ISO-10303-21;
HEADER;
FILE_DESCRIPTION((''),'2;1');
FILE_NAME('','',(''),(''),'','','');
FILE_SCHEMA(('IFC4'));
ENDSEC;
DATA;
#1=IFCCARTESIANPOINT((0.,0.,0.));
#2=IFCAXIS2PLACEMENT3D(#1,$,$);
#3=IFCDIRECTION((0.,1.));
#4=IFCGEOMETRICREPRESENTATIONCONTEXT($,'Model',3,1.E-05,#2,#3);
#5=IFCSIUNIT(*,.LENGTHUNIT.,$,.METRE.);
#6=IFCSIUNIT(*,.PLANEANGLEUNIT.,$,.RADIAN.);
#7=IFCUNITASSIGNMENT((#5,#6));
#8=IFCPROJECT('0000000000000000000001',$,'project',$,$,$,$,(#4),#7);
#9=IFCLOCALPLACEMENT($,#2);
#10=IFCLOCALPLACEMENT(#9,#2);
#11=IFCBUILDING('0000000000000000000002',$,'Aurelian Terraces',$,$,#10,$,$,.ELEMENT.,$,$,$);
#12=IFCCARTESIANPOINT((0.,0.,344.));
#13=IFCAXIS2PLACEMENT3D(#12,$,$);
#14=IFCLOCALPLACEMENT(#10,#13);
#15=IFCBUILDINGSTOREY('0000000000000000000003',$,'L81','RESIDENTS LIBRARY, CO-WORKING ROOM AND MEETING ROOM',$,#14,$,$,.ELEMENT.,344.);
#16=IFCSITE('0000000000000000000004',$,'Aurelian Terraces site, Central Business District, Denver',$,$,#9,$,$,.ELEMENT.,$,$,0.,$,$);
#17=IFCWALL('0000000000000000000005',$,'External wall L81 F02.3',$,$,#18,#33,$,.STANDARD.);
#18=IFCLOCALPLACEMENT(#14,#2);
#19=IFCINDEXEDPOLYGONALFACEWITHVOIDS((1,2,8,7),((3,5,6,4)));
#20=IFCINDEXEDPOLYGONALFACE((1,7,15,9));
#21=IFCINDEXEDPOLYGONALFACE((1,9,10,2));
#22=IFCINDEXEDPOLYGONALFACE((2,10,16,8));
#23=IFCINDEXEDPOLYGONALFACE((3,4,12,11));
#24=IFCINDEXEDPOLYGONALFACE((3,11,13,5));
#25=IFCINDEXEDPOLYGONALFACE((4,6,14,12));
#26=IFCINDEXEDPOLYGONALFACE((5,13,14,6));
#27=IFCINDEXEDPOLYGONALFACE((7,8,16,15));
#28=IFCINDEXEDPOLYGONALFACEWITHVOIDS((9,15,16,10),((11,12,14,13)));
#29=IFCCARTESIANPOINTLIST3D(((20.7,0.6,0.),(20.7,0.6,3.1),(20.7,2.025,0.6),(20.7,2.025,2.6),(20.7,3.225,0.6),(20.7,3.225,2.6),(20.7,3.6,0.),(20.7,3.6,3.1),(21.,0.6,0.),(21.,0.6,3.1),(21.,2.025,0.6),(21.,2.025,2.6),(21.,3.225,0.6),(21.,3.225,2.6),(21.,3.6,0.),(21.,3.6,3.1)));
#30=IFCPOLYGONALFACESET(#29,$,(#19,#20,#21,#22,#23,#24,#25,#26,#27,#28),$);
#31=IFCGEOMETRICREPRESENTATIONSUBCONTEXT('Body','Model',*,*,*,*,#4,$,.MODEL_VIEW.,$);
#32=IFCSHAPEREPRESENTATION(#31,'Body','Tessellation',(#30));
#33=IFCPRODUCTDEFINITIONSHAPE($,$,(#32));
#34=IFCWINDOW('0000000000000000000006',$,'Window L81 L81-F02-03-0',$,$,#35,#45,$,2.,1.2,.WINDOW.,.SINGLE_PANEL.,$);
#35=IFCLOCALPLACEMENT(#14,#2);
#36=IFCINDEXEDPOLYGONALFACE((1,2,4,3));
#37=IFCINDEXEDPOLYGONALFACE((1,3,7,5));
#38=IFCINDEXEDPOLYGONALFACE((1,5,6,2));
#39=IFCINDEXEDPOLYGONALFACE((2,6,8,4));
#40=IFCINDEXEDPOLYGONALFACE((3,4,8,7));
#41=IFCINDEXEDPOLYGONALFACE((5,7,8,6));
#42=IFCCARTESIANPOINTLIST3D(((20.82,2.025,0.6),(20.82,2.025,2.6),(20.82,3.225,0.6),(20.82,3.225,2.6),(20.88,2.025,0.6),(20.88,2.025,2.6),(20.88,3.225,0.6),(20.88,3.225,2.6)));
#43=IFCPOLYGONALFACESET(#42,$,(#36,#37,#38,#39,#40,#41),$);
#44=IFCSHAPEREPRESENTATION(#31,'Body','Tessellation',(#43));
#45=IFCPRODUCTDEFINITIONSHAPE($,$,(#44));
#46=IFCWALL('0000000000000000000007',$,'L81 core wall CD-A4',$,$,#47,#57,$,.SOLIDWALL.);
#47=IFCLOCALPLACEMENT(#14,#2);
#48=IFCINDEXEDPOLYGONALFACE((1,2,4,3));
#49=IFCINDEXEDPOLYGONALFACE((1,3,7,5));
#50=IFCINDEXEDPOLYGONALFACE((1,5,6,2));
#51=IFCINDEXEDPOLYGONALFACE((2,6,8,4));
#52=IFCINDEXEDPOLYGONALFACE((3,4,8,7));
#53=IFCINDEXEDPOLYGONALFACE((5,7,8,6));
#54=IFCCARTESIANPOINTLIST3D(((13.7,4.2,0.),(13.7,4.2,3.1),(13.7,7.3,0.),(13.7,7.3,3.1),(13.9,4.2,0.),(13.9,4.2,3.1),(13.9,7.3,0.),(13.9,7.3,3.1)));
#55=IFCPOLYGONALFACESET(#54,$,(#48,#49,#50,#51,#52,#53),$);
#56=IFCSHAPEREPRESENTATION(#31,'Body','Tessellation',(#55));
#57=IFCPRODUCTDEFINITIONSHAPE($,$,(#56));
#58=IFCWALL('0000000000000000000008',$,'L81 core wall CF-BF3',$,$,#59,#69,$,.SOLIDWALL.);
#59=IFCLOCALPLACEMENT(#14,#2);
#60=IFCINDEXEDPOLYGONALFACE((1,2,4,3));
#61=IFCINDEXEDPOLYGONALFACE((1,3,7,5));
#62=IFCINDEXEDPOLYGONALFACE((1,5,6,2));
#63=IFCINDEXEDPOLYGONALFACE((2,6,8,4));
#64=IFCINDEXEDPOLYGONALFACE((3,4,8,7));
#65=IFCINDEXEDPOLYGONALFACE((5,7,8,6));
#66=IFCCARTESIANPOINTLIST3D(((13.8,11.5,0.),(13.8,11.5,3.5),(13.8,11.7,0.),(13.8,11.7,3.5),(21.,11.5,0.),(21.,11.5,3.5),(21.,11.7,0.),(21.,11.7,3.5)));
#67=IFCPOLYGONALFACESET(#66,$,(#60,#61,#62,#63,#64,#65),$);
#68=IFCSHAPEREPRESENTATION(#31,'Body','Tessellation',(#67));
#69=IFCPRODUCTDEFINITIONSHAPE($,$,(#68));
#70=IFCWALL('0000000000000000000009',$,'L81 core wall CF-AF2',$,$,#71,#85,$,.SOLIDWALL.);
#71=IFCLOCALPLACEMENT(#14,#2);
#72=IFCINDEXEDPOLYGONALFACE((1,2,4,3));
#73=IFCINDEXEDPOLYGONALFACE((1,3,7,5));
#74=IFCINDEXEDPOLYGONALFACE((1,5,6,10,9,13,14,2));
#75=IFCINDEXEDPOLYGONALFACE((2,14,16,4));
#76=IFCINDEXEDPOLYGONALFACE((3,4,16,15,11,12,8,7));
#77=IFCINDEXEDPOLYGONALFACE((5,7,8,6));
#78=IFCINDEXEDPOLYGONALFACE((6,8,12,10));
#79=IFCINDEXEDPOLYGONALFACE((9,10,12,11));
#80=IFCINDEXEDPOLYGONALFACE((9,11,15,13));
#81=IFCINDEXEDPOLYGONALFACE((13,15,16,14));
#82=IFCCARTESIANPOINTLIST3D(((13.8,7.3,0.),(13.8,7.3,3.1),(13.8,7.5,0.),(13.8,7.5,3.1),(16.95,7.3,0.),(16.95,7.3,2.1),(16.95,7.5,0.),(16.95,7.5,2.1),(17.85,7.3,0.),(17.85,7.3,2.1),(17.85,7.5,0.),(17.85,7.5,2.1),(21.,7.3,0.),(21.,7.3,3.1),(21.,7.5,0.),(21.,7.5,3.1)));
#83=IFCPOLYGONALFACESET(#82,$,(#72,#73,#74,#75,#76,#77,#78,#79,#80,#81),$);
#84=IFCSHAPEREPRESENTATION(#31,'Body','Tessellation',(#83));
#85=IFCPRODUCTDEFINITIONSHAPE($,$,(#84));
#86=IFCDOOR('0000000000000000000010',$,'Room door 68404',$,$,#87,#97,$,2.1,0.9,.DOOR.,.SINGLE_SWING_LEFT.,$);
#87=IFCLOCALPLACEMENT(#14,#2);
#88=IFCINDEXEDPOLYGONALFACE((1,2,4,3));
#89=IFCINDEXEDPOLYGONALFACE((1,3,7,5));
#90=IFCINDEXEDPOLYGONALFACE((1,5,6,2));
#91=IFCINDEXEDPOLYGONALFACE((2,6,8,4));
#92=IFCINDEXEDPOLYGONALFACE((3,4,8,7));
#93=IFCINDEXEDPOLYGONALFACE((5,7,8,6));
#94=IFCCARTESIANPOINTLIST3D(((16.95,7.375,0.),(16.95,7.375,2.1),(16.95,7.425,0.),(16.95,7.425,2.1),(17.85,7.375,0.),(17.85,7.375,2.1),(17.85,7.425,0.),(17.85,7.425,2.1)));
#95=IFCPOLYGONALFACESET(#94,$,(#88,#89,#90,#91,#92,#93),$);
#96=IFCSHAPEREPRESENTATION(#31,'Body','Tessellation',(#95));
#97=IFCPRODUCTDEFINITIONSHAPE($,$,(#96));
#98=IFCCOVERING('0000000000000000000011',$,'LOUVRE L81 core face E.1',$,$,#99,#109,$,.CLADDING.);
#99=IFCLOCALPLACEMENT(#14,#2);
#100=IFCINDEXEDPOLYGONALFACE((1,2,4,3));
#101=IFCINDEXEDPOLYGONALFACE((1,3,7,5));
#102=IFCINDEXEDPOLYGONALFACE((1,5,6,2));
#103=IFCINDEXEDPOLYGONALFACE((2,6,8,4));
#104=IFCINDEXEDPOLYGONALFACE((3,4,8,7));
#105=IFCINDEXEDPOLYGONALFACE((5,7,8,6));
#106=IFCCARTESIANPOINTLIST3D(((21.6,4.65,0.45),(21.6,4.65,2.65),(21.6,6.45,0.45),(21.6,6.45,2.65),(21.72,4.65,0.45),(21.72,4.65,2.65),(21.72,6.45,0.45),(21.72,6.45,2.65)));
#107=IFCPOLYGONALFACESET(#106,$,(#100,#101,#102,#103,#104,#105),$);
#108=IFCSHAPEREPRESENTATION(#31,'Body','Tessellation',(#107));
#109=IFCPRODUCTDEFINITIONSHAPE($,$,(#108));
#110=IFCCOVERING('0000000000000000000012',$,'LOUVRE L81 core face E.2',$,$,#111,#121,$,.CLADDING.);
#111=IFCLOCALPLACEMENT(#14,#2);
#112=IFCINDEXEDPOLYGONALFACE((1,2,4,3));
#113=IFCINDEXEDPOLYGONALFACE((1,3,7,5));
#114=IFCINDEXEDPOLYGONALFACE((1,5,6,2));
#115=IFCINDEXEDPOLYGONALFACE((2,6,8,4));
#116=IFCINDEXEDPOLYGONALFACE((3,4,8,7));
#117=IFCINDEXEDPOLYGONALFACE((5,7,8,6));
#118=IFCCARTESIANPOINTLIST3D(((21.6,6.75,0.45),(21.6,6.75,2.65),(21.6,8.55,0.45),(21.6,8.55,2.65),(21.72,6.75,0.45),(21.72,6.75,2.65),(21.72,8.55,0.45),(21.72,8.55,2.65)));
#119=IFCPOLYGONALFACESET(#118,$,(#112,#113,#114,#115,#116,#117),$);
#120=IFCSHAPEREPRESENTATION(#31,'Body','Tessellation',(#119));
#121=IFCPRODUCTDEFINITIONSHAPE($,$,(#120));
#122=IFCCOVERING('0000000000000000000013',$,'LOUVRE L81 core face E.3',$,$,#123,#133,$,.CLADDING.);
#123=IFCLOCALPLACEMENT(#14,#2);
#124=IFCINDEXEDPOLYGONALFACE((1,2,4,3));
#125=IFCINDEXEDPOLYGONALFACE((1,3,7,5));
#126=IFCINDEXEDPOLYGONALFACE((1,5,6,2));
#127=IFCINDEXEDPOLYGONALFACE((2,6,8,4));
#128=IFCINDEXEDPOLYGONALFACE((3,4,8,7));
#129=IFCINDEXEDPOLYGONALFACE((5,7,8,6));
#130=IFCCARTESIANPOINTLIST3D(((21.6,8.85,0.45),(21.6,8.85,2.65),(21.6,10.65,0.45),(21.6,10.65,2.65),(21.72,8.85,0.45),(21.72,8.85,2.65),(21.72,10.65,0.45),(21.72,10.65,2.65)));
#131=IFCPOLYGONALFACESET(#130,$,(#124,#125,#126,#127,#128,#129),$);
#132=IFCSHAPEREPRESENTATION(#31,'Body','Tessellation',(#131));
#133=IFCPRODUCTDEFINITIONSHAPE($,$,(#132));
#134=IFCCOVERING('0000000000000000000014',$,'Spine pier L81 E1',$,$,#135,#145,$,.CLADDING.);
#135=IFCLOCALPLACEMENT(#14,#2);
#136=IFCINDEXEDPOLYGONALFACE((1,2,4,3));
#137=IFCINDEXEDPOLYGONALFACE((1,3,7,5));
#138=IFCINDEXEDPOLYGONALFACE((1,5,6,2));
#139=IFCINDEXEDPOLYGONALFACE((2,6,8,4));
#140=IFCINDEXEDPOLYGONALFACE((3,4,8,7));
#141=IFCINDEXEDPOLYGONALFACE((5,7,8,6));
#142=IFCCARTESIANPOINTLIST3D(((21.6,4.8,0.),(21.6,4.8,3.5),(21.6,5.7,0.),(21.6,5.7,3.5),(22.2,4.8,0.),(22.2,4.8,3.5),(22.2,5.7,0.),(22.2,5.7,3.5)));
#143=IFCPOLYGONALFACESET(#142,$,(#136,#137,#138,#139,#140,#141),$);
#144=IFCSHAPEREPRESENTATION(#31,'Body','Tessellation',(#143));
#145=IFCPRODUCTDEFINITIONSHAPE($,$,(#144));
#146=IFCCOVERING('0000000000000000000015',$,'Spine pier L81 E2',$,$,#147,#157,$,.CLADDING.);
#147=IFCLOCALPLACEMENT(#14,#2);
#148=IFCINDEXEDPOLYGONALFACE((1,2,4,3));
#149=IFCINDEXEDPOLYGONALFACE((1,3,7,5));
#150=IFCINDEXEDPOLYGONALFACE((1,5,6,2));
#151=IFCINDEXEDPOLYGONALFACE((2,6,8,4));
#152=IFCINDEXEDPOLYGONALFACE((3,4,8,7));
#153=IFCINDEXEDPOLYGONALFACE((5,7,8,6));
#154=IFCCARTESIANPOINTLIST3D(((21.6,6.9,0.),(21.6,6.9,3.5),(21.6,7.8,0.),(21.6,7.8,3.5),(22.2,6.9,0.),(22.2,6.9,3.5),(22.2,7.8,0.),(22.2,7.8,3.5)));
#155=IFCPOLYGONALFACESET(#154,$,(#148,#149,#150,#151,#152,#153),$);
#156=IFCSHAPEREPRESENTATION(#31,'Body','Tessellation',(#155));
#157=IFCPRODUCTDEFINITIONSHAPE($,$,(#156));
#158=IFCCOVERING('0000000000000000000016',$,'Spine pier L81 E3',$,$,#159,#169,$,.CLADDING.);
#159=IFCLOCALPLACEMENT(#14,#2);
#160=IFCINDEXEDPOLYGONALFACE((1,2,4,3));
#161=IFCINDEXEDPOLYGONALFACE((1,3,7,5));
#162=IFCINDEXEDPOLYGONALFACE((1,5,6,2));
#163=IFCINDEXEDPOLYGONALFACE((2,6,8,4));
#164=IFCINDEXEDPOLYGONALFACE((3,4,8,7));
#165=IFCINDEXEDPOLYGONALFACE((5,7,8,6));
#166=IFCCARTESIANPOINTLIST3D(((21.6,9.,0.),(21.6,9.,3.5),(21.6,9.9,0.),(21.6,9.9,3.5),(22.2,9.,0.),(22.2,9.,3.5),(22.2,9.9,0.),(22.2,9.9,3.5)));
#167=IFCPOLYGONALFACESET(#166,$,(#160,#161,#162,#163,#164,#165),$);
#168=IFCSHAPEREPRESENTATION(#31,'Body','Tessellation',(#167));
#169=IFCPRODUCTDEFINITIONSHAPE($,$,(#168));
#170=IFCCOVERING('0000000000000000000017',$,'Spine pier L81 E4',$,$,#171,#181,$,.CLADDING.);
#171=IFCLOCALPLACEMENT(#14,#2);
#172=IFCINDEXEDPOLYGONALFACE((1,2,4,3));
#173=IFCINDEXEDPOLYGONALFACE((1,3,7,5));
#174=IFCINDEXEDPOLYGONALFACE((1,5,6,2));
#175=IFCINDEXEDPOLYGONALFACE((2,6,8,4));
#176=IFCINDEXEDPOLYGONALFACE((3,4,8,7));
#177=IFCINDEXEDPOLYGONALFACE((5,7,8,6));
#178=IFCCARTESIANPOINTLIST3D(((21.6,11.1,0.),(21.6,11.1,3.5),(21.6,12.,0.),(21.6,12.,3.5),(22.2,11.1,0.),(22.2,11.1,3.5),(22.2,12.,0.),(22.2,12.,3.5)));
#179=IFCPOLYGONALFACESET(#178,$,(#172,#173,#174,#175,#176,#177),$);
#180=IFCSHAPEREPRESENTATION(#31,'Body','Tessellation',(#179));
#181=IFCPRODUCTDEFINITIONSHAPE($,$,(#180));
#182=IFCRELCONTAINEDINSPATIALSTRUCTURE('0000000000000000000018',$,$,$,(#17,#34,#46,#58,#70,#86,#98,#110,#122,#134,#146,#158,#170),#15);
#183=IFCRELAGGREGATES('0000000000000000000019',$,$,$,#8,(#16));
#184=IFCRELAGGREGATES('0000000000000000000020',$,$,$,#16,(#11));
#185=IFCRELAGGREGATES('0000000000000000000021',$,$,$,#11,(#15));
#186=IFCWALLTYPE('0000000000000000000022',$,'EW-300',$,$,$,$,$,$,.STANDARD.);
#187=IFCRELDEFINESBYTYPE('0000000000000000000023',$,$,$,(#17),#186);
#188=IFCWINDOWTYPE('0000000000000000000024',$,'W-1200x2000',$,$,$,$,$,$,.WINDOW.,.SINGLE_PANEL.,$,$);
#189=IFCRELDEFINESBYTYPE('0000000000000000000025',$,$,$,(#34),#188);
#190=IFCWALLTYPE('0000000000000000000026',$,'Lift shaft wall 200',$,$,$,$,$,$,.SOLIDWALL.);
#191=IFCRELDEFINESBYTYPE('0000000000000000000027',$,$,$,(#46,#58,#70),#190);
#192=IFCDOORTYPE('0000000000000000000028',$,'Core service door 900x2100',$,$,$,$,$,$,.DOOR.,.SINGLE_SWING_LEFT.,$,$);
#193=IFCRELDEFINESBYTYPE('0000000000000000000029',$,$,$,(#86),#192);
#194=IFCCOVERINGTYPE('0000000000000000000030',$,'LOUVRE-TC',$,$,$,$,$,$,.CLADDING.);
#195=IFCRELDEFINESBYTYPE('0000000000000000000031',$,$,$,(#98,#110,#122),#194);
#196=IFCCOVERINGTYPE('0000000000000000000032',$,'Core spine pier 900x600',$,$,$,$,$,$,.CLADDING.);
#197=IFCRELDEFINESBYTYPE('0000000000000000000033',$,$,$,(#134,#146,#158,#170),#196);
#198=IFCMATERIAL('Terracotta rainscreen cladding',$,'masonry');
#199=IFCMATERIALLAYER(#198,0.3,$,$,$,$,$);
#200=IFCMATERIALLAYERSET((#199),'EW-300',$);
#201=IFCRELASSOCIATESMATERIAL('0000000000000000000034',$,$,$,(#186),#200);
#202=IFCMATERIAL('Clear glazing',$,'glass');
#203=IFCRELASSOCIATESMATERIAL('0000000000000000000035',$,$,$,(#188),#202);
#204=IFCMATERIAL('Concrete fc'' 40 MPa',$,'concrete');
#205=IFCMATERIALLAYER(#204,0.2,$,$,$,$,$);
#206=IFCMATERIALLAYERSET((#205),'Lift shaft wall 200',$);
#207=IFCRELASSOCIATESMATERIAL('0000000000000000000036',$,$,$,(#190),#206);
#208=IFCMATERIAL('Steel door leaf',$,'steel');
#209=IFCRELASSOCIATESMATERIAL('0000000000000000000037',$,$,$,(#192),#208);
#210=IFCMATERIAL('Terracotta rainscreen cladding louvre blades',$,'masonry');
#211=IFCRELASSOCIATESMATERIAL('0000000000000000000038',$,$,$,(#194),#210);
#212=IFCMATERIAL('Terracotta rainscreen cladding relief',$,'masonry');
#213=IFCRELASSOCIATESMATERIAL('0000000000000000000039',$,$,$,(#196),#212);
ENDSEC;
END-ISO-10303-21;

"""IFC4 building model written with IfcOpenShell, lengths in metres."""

from ifc_helpers import new_model, si_unit, direction, frame, frame_2d, origin, origin_2d, place, context, subcontext, project, spatial, rectangle, extrude, source, transform, mapped, material, layer, layer_set, type_object, element, fill, save


model = new_model("IFC4")

# Units and contexts
model_context = context("Model", 3, precision=1e-05, world=origin(), true_north=direction((0.0, 1.0)))
body_context = subcontext(model_context, "Body", "Model", "MODEL_VIEW")
ifc_project = project(units=[si_unit("LENGTHUNIT", "METRE"), si_unit("PLANEANGLEUNIT", "RADIAN")], contexts=[model_context])

# Site, building, storey
site_placement = place(None, origin())
site = spatial("IfcSite", under=ifc_project, at=site_placement, Name="Aurelian Terraces site, Central Business District, Denver", CompositionType="ELEMENT", RefElevation=0.0)
building_placement = place(site_placement, origin())
building = spatial("IfcBuilding", under=site, at=building_placement, Name="Aurelian Terraces", CompositionType="ELEMENT")
storey_placement = place(building_placement, frame((0.0, 0.0, 344.0)))
storey = spatial("IfcBuildingStorey", under=building, at=storey_placement, Name="L81", Description="RESIDENTS LIBRARY, CO-WORKING ROOM AND MEETING ROOM", CompositionType="ELEMENT", Elevation=344.0)

# Shared definitions
ifc_material_1 = material(Name="Terracotta rainscreen cladding", Category="masonry")
ifc_layer_1 = layer(ifc_material_1, 0.3)
ifc_layer_set_1 = layer_set([ifc_layer_1], Name="EW-300")
wall_type_1 = type_object("IfcWallType", Name="EW-300", PredefinedType="STANDARD", material=ifc_layer_set_1)

# Wall, opening, window
shared_shape_1 = source(origin(), body_context, "Body", "SweptSolid", [
    extrude(rectangle(XDim=3.0, YDim=0.3, at=frame_2d((1.5, 0.0))), origin(), (0.0, 0.0, 1.0), 3.1),
])
wall_1_placement = place(storey_placement, frame((20.85, 0.6, 0.0), z_axis=(0.0, 0.0, 1.0), x_axis=(0.0, 1.0, 0.0)))
wall_1 = element("IfcWall", 1, at=wall_1_placement, inside=storey, type_object=wall_type_1, Name="External wall L81 F02.3", PredefinedType="STANDARD", context=body_context, shape_type="MappedRepresentation", body=[
    mapped(shared_shape_1, transform((0.0, 0.0, 0.0), scale=1.0)),
])
shared_shape_2 = source(origin(), body_context, "Body", "SweptSolid", [
    extrude(rectangle(XDim=1.2, YDim=2.0, at=frame_2d((0.6, 1.0))), frame((0.0, 0.16, 0.0), z_axis=(0.0, -1.0, 0.0), x_axis=(1.0, 0.0, 0.0)), (0.0, 0.0, 1.0), 0.32),
])
opening_1_placement = place(wall_1_placement, frame((1.425, 0.0, 0.6)))
opening_1 = element("IfcOpeningElement", 2, at=opening_1_placement, cuts=wall_1, PredefinedType="OPENING", context=body_context, shape_type="MappedRepresentation", body=[
    mapped(shared_shape_2, transform((0.0, 0.0, 0.0), scale=1.0)),
])
ifc_material_2 = material(Name="Clear glazing", Category="glass")
window_type_1 = type_object("IfcWindowType", Name="W-1200x2000", PartitioningType="SINGLE_PANEL", PredefinedType="WINDOW", material=ifc_material_2)
shared_shape_3 = source(origin(), body_context, "Body", "SweptSolid", [
    extrude(rectangle(XDim=1.2, YDim=2.0, at=frame_2d((0.6, 1.0))), frame((0.0, 0.03, 0.0), z_axis=(0.0, -1.0, 0.0), x_axis=(1.0, 0.0, 0.0)), (0.0, 0.0, 1.0), 0.06),
])
window_1_placement = place(opening_1_placement, origin())
window_1 = element("IfcWindow", 3, at=window_1_placement, inside=storey, type_object=window_type_1, Name="Window L81 L81-F02-03-0", OverallHeight=2.0, OverallWidth=1.2, PartitioningType="SINGLE_PANEL", PredefinedType="WINDOW", context=body_context, shape_type="MappedRepresentation", body=[
    mapped(shared_shape_3, transform((0.0, 0.0, 0.0), scale=1.0)),
])
fill(opening_1, window_1)

# Walls
ifc_material_3 = material(Name="Concrete fc' 40 MPa", Category="concrete")
ifc_layer_2 = layer(ifc_material_3, 0.2)
ifc_layer_set_2 = layer_set([ifc_layer_2], Name="Lift shaft wall 200")
wall_type_2 = type_object("IfcWallType", Name="Lift shaft wall 200", PredefinedType="SOLIDWALL", material=ifc_layer_set_2)
shared_shape_4 = source(origin(), body_context, "Body", "SweptSolid", [
    extrude(rectangle(XDim=3.1, YDim=0.2, at=frame_2d((1.55, 0.0))), origin(), (0.0, 0.0, 1.0), 3.1),
])
wall_2_placement = place(storey_placement, frame((13.8, 4.2, 0.0), z_axis=(0.0, 0.0, 1.0), x_axis=(0.0, 1.0, 0.0)))
element("IfcWall", 4, at=wall_2_placement, inside=storey, type_object=wall_type_2, Name="L81 core wall CD-A4", PredefinedType="SOLIDWALL", context=body_context, shape_type="MappedRepresentation", body=[
    mapped(shared_shape_4, transform((0.0, 0.0, 0.0), scale=1.0)),
])
shared_shape_5 = source(origin(), body_context, "Body", "SweptSolid", [
    extrude(rectangle(XDim=7.2, YDim=0.2, at=frame_2d((3.6, 0.0))), origin(), (0.0, 0.0, 1.0), 3.5),
])
wall_3_placement = place(storey_placement, frame((13.8, 11.6, 0.0), z_axis=(0.0, 0.0, 1.0), x_axis=(1.0, 0.0, 0.0)))
element("IfcWall", 5, at=wall_3_placement, inside=storey, type_object=wall_type_2, Name="L81 core wall CF-BF3", PredefinedType="SOLIDWALL", context=body_context, shape_type="MappedRepresentation", body=[
    mapped(shared_shape_5, transform((0.0, 0.0, 0.0), scale=1.0)),
])

# Wall, opening, door
shared_shape_6 = source(origin(), body_context, "Body", "SweptSolid", [
    extrude(rectangle(XDim=7.2, YDim=0.2, at=frame_2d((3.6, 0.0))), origin(), (0.0, 0.0, 1.0), 3.1),
])
wall_4_placement = place(storey_placement, frame((13.8, 7.4, 0.0), z_axis=(0.0, 0.0, 1.0), x_axis=(1.0, 0.0, 0.0)))
wall_4 = element("IfcWall", 6, at=wall_4_placement, inside=storey, type_object=wall_type_2, Name="L81 core wall CF-AF2", PredefinedType="SOLIDWALL", context=body_context, shape_type="MappedRepresentation", body=[
    mapped(shared_shape_6, transform((0.0, 0.0, 0.0), scale=1.0)),
])
shared_shape_7 = source(origin(), body_context, "Body", "SweptSolid", [
    extrude(rectangle(XDim=0.9, YDim=2.1, at=frame_2d((0.45, 1.05))), frame((0.0, 0.11, 0.0), z_axis=(0.0, -1.0, 0.0), x_axis=(1.0, 0.0, 0.0)), (0.0, 0.0, 1.0), 0.22),
])
opening_2_placement = place(wall_4_placement, frame((3.15, 0.0, 0.0)))
opening_2 = element("IfcOpeningElement", 7, at=opening_2_placement, cuts=wall_4, PredefinedType="OPENING", context=body_context, shape_type="MappedRepresentation", body=[
    mapped(shared_shape_7, transform((0.0, 0.0, 0.0), scale=1.0)),
])
ifc_material_4 = material(Name="Steel door leaf", Category="steel")
door_type = type_object("IfcDoorType", Name="Core service door 900x2100", OperationType="SINGLE_SWING_LEFT", PredefinedType="DOOR", material=ifc_material_4)
shared_shape_8 = source(origin(), body_context, "Body", "SweptSolid", [
    extrude(rectangle(XDim=0.9, YDim=2.1, at=frame_2d((0.45, 1.05))), frame((0.0, 0.025, 0.0), z_axis=(0.0, -1.0, 0.0), x_axis=(1.0, 0.0, 0.0)), (0.0, 0.0, 1.0), 0.05),
])
door_placement = place(opening_2_placement, origin())
door = element("IfcDoor", 8, at=door_placement, inside=storey, type_object=door_type, Name="Room door 68404", OperationType="SINGLE_SWING_LEFT", OverallHeight=2.1, OverallWidth=0.9, PredefinedType="DOOR", context=body_context, shape_type="MappedRepresentation", body=[
    mapped(shared_shape_8, transform((0.0, 0.0, 0.0), scale=1.0)),
])
fill(opening_2, door)

# Coverings
ifc_material_5 = material(Name="Terracotta rainscreen cladding louvre blades", Category="masonry")
covering_type_1 = type_object("IfcCoveringType", Name="LOUVRE-TC", PredefinedType="CLADDING", material=ifc_material_5)
shared_shape_9 = source(origin(), body_context, "Body", "SweptSolid", [
    extrude(rectangle(XDim=0.12, YDim=1.8, at=origin_2d()), origin(), (0.0, 0.0, 1.0), 2.2),
])
for number, where, z_axis, x_axis, name in (
    (9, (21.66, 5.55, 0.45), (0.0, 0.0, 1.0), (1.0, 0.0, 0.0), "LOUVRE L81 core face E.1"),
    (10, (21.66, 7.65, 0.45), (0.0, 0.0, 1.0), (1.0, 0.0, 0.0), "LOUVRE L81 core face E.2"),
    (11, (21.66, 9.75, 0.45), (0.0, 0.0, 1.0), (1.0, 0.0, 0.0), "LOUVRE L81 core face E.3"),
):
    element("IfcCovering", number, at=place(storey_placement, frame(where, z_axis=z_axis, x_axis=x_axis)), inside=storey, type_object=covering_type_1, Name=name, PredefinedType="CLADDING", context=body_context, shape_type="MappedRepresentation", body=[
        mapped(shared_shape_9, transform((0.0, 0.0, 0.0), scale=1.0)),
    ])
ifc_material_6 = material(Name="Terracotta rainscreen cladding relief", Category="masonry")
covering_type_2 = type_object("IfcCoveringType", Name="Core spine pier 900x600", PredefinedType="CLADDING", material=ifc_material_6)
shared_shape_10 = source(origin(), body_context, "Body", "SweptSolid", [
    extrude(rectangle(XDim=0.6, YDim=0.9, at=origin_2d()), origin(), (0.0, 0.0, 1.0), 3.5),
])
for number, where, z_axis, x_axis, name in (
    (12, (21.9, 5.25, 0.0), (0.0, 0.0, 1.0), (1.0, 0.0, 0.0), "Spine pier L81 E1"),
    (13, (21.9, 7.35, 0.0), (0.0, 0.0, 1.0), (1.0, 0.0, 0.0), "Spine pier L81 E2"),
    (14, (21.9, 9.45, 0.0), (0.0, 0.0, 1.0), (1.0, 0.0, 0.0), "Spine pier L81 E3"),
    (15, (21.9, 11.55, 0.0), (0.0, 0.0, 1.0), (1.0, 0.0, 0.0), "Spine pier L81 E4"),
):
    element("IfcCovering", number, at=place(storey_placement, frame(where, z_axis=z_axis, x_axis=x_axis)), inside=storey, type_object=covering_type_2, Name=name, PredefinedType="CLADDING", context=body_context, shape_type="MappedRepresentation", body=[
        mapped(shared_shape_10, transform((0.0, 0.0, 0.0), scale=1.0)),
    ])

save(model, "model.ifc")
